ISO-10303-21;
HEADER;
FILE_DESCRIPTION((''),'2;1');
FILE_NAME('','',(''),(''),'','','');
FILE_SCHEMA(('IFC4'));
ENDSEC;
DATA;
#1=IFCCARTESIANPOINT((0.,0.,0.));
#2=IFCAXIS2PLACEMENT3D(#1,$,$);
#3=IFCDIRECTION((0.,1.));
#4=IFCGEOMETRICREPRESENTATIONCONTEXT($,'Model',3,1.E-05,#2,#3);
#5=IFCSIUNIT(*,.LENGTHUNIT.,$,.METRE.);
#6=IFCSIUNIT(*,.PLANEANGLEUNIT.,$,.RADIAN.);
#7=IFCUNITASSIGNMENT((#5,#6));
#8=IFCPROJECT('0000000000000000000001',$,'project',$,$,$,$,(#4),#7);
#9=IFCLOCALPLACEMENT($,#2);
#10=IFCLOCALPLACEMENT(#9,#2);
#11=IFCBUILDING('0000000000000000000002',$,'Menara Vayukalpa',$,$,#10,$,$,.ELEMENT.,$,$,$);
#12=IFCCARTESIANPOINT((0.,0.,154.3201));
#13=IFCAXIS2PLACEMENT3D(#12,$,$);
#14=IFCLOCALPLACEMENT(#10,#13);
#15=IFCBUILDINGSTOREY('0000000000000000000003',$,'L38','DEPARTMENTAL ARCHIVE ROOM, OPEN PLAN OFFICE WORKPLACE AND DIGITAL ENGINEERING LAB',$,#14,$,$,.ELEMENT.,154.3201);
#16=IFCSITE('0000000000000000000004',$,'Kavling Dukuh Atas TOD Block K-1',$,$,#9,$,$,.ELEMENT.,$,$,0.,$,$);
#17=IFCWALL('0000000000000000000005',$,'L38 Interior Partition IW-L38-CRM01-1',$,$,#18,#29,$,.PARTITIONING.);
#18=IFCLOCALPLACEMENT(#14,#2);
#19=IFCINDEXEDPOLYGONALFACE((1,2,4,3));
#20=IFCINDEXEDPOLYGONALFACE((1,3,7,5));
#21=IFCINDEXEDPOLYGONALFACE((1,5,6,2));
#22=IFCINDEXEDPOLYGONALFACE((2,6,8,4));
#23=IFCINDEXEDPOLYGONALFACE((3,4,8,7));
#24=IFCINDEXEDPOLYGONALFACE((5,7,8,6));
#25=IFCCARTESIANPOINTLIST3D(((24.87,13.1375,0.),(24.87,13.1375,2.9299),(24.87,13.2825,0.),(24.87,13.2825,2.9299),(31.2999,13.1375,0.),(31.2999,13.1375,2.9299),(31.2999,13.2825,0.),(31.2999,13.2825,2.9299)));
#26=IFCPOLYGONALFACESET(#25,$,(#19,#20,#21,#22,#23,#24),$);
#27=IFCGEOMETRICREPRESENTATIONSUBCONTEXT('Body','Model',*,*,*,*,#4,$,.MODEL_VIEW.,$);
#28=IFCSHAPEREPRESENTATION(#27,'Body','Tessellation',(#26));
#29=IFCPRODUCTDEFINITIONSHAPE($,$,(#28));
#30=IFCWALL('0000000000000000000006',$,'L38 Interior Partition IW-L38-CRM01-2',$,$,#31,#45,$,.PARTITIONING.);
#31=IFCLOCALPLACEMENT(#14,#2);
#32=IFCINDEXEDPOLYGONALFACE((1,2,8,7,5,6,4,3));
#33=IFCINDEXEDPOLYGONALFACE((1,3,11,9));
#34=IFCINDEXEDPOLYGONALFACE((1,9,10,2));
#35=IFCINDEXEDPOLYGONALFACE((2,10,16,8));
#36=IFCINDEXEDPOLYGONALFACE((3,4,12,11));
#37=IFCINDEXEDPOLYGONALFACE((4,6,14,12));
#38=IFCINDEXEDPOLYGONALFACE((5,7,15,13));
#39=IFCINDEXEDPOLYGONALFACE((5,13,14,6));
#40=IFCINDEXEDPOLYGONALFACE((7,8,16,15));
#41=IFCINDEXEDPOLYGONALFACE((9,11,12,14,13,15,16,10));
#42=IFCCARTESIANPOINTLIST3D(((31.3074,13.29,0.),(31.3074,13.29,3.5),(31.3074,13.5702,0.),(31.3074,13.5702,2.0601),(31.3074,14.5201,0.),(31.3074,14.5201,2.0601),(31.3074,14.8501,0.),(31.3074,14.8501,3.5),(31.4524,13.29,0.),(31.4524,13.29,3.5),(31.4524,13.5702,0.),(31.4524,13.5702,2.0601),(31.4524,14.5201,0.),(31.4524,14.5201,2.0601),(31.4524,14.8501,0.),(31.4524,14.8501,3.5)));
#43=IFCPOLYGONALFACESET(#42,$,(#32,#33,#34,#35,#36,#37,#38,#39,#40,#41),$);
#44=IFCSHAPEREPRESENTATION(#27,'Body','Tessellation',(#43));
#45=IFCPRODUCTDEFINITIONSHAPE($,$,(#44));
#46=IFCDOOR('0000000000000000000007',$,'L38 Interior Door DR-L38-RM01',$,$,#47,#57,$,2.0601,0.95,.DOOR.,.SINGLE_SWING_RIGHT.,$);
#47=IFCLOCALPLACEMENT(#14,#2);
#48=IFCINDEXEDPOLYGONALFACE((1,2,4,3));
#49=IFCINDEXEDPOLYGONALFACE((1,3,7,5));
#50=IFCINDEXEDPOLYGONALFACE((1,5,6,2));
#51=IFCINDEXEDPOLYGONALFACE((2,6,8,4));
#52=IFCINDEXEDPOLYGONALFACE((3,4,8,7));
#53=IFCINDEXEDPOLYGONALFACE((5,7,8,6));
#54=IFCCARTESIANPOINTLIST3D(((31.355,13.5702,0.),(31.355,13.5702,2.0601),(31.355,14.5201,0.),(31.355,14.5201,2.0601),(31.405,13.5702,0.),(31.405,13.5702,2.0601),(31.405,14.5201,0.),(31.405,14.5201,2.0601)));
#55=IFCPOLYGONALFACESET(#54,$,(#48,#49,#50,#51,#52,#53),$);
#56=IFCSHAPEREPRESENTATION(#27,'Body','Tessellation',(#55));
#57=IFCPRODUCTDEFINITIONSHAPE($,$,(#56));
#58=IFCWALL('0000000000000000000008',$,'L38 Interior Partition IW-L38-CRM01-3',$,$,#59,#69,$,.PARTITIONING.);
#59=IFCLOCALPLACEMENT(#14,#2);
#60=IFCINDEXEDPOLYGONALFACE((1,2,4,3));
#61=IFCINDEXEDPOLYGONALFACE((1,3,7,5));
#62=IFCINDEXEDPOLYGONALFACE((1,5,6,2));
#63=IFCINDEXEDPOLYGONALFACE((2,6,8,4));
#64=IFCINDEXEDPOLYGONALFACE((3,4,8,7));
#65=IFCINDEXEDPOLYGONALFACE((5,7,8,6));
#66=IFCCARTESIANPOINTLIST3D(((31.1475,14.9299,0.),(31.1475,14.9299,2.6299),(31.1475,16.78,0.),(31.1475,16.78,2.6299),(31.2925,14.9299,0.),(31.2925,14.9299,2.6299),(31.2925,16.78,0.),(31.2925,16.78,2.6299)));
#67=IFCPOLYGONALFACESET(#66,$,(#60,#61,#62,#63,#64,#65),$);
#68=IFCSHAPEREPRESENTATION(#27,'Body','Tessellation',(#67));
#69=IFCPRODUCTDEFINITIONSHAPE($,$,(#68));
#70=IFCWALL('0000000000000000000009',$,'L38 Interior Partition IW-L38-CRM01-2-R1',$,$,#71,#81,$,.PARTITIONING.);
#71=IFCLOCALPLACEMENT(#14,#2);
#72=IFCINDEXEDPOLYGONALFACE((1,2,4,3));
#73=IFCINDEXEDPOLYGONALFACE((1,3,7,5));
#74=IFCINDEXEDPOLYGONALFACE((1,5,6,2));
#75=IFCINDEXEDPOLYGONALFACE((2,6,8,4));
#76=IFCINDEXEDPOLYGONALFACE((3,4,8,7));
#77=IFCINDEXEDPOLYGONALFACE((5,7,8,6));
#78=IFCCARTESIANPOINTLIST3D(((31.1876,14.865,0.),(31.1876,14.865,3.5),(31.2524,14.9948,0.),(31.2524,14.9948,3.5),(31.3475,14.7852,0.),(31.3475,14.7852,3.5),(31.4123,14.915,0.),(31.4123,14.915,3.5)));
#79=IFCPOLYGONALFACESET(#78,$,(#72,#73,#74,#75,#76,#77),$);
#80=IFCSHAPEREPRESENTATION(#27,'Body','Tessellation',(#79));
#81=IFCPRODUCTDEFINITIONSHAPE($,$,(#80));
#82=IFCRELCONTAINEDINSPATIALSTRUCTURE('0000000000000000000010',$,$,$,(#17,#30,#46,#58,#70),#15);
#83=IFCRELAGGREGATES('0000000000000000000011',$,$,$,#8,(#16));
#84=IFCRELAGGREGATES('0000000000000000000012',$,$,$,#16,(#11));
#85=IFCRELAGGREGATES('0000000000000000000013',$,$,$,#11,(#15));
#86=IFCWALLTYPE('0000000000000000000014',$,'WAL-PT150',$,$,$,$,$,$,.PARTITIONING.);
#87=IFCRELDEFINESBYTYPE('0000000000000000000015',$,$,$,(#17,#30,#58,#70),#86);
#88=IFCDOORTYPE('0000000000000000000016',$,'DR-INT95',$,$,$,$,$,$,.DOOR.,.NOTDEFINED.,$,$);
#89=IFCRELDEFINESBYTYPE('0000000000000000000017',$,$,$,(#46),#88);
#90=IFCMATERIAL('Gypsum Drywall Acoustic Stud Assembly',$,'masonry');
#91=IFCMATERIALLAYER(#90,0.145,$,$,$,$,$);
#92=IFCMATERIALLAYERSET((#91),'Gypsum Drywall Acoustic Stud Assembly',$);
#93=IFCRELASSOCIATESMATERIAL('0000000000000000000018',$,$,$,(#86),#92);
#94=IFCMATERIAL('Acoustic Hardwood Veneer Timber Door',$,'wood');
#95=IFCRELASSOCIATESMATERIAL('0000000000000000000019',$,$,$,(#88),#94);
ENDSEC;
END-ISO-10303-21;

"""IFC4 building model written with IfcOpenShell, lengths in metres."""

from ifc_helpers import new_model, si_unit, direction, frame, frame_2d, origin, place, context, subcontext, project, spatial, rectangle, extrude, material, layer, layer_set, type_object, element, fill, save


model = new_model("IFC4")

# Units and contexts
model_context = context("Model", 3, precision=1e-05, world=origin(), true_north=direction((0.0, 1.0)))
body_context = subcontext(model_context, "Body", "Model", "MODEL_VIEW")
ifc_project = project(units=[si_unit("LENGTHUNIT", "METRE"), si_unit("PLANEANGLEUNIT", "RADIAN")], contexts=[model_context])

# Site, building, storey
site_placement = place(None, origin())
site = spatial("IfcSite", under=ifc_project, at=site_placement, Name="Kavling Dukuh Atas TOD Block K-1", CompositionType="ELEMENT", RefElevation=0.0)
building_placement = place(site_placement, origin())
building = spatial("IfcBuilding", under=site, at=building_placement, Name="Menara Vayukalpa", CompositionType="ELEMENT")
storey_placement = place(building_placement, frame((0.0, 0.0, 154.3201)))
storey = spatial("IfcBuildingStorey", under=building, at=storey_placement, Name="L38", Description="DEPARTMENTAL ARCHIVE ROOM, OPEN PLAN OFFICE WORKPLACE AND DIGITAL ENGINEERING LAB", CompositionType="ELEMENT", Elevation=154.3201)

# Wall
ifc_material_1 = material(Name="Gypsum Drywall Acoustic Stud Assembly", Category="masonry")
ifc_layer_1 = layer(ifc_material_1, 0.145)
ifc_layer_set_1 = layer_set([ifc_layer_1], Name="Gypsum Drywall Acoustic Stud Assembly")
wall_type_1 = type_object("IfcWallType", Name="WAL-PT150", PredefinedType="PARTITIONING", material=ifc_layer_set_1)
wall_1_placement = place(storey_placement, frame((24.8701, 13.21, 0.0), z_axis=(0.0, 0.0, 1.0), x_axis=(1.0, 0.0, 0.0)))
element("IfcWall", 1, at=wall_1_placement, inside=storey, type_object=wall_type_1, Name="L38 Interior Partition IW-L38-CRM01-1", PredefinedType="PARTITIONING", context=body_context, shape_type="SweptSolid", body=[
    extrude(rectangle(XDim=6.4299, YDim=0.145, at=frame_2d((3.2148, 0.0))), origin(), (0.0, 0.0, 1.0), 2.9299),
])

# Wall, opening, door
wall_2_placement = place(storey_placement, frame((31.3799, 13.29, 0.0), z_axis=(0.0, 0.0, 1.0), x_axis=(0.0, 1.0, 0.0)))
wall_2 = element("IfcWall", 2, at=wall_2_placement, inside=storey, type_object=wall_type_1, Name="L38 Interior Partition IW-L38-CRM01-2", PredefinedType="PARTITIONING", context=body_context, shape_type="SweptSolid", body=[
    extrude(rectangle(XDim=1.5601, YDim=0.145, at=frame_2d((0.78, 0.0))), origin(), (0.0, 0.0, 1.0), 3.5),
])
opening_placement = place(wall_2_placement, frame((0.28, 0.0, 0.0)))
opening = element("IfcOpeningElement", 3, at=opening_placement, cuts=wall_2, PredefinedType="OPENING", context=body_context, shape_type="SweptSolid", body=[
    extrude(rectangle(XDim=0.95, YDim=2.0601, at=frame_2d((0.4751, 1.03))), frame((0.0, 0.0825, 0.0), z_axis=(0.0, -1.0, 0.0), x_axis=(1.0, 0.0, 0.0)), (0.0, 0.0, 1.0), 0.165),
])
ifc_material_2 = material(Name="Acoustic Hardwood Veneer Timber Door", Category="wood")
door_type = type_object("IfcDoorType", Name="DR-INT95", OperationType="NOTDEFINED", PredefinedType="DOOR", material=ifc_material_2)
door_placement = place(opening_placement, origin())
door = element("IfcDoor", 4, at=door_placement, inside=storey, type_object=door_type, Name="L38 Interior Door DR-L38-RM01", OperationType="SINGLE_SWING_RIGHT", OverallHeight=2.0601, OverallWidth=0.95, PredefinedType="DOOR", context=body_context, shape_type="SweptSolid", body=[
    extrude(rectangle(XDim=0.95, YDim=2.0601, at=frame_2d((0.4751, 1.03))), frame((0.0, 0.0249, 0.0), z_axis=(0.0, -1.0, 0.0), x_axis=(1.0, 0.0, 0.0)), (0.0, 0.0, 1.0), 0.05),
])
fill(opening, door)

# Walls
wall_3_placement = place(storey_placement, frame((31.22, 14.9299, 0.0), z_axis=(0.0, 0.0, 1.0), x_axis=(0.0, 1.0, 0.0)))
element("IfcWall", 5, at=wall_3_placement, inside=storey, type_object=wall_type_1, Name="L38 Interior Partition IW-L38-CRM01-3", PredefinedType="PARTITIONING", context=body_context, shape_type="SweptSolid", body=[
    extrude(rectangle(XDim=1.8501, YDim=0.145, at=frame_2d((0.925, 0.0))), origin(), (0.0, 0.0, 1.0), 2.6299),
])
wall_4_placement = place(storey_placement, frame((31.3799, 14.8501, 0.0), z_axis=(0.0, 0.0, 1.0), x_axis=(-0.8947, 0.446667, 0.0)))
element("IfcWall", 6, at=wall_4_placement, inside=storey, type_object=wall_type_1, Name="L38 Interior Partition IW-L38-CRM01-2-R1", PredefinedType="PARTITIONING", context=body_context, shape_type="SweptSolid", body=[
    extrude(rectangle(XDim=0.1787, YDim=0.145, at=frame_2d((0.0894, 0.0))), origin(), (0.0, 0.0, 1.0), 3.5),
])

save(model, "model.ifc")
